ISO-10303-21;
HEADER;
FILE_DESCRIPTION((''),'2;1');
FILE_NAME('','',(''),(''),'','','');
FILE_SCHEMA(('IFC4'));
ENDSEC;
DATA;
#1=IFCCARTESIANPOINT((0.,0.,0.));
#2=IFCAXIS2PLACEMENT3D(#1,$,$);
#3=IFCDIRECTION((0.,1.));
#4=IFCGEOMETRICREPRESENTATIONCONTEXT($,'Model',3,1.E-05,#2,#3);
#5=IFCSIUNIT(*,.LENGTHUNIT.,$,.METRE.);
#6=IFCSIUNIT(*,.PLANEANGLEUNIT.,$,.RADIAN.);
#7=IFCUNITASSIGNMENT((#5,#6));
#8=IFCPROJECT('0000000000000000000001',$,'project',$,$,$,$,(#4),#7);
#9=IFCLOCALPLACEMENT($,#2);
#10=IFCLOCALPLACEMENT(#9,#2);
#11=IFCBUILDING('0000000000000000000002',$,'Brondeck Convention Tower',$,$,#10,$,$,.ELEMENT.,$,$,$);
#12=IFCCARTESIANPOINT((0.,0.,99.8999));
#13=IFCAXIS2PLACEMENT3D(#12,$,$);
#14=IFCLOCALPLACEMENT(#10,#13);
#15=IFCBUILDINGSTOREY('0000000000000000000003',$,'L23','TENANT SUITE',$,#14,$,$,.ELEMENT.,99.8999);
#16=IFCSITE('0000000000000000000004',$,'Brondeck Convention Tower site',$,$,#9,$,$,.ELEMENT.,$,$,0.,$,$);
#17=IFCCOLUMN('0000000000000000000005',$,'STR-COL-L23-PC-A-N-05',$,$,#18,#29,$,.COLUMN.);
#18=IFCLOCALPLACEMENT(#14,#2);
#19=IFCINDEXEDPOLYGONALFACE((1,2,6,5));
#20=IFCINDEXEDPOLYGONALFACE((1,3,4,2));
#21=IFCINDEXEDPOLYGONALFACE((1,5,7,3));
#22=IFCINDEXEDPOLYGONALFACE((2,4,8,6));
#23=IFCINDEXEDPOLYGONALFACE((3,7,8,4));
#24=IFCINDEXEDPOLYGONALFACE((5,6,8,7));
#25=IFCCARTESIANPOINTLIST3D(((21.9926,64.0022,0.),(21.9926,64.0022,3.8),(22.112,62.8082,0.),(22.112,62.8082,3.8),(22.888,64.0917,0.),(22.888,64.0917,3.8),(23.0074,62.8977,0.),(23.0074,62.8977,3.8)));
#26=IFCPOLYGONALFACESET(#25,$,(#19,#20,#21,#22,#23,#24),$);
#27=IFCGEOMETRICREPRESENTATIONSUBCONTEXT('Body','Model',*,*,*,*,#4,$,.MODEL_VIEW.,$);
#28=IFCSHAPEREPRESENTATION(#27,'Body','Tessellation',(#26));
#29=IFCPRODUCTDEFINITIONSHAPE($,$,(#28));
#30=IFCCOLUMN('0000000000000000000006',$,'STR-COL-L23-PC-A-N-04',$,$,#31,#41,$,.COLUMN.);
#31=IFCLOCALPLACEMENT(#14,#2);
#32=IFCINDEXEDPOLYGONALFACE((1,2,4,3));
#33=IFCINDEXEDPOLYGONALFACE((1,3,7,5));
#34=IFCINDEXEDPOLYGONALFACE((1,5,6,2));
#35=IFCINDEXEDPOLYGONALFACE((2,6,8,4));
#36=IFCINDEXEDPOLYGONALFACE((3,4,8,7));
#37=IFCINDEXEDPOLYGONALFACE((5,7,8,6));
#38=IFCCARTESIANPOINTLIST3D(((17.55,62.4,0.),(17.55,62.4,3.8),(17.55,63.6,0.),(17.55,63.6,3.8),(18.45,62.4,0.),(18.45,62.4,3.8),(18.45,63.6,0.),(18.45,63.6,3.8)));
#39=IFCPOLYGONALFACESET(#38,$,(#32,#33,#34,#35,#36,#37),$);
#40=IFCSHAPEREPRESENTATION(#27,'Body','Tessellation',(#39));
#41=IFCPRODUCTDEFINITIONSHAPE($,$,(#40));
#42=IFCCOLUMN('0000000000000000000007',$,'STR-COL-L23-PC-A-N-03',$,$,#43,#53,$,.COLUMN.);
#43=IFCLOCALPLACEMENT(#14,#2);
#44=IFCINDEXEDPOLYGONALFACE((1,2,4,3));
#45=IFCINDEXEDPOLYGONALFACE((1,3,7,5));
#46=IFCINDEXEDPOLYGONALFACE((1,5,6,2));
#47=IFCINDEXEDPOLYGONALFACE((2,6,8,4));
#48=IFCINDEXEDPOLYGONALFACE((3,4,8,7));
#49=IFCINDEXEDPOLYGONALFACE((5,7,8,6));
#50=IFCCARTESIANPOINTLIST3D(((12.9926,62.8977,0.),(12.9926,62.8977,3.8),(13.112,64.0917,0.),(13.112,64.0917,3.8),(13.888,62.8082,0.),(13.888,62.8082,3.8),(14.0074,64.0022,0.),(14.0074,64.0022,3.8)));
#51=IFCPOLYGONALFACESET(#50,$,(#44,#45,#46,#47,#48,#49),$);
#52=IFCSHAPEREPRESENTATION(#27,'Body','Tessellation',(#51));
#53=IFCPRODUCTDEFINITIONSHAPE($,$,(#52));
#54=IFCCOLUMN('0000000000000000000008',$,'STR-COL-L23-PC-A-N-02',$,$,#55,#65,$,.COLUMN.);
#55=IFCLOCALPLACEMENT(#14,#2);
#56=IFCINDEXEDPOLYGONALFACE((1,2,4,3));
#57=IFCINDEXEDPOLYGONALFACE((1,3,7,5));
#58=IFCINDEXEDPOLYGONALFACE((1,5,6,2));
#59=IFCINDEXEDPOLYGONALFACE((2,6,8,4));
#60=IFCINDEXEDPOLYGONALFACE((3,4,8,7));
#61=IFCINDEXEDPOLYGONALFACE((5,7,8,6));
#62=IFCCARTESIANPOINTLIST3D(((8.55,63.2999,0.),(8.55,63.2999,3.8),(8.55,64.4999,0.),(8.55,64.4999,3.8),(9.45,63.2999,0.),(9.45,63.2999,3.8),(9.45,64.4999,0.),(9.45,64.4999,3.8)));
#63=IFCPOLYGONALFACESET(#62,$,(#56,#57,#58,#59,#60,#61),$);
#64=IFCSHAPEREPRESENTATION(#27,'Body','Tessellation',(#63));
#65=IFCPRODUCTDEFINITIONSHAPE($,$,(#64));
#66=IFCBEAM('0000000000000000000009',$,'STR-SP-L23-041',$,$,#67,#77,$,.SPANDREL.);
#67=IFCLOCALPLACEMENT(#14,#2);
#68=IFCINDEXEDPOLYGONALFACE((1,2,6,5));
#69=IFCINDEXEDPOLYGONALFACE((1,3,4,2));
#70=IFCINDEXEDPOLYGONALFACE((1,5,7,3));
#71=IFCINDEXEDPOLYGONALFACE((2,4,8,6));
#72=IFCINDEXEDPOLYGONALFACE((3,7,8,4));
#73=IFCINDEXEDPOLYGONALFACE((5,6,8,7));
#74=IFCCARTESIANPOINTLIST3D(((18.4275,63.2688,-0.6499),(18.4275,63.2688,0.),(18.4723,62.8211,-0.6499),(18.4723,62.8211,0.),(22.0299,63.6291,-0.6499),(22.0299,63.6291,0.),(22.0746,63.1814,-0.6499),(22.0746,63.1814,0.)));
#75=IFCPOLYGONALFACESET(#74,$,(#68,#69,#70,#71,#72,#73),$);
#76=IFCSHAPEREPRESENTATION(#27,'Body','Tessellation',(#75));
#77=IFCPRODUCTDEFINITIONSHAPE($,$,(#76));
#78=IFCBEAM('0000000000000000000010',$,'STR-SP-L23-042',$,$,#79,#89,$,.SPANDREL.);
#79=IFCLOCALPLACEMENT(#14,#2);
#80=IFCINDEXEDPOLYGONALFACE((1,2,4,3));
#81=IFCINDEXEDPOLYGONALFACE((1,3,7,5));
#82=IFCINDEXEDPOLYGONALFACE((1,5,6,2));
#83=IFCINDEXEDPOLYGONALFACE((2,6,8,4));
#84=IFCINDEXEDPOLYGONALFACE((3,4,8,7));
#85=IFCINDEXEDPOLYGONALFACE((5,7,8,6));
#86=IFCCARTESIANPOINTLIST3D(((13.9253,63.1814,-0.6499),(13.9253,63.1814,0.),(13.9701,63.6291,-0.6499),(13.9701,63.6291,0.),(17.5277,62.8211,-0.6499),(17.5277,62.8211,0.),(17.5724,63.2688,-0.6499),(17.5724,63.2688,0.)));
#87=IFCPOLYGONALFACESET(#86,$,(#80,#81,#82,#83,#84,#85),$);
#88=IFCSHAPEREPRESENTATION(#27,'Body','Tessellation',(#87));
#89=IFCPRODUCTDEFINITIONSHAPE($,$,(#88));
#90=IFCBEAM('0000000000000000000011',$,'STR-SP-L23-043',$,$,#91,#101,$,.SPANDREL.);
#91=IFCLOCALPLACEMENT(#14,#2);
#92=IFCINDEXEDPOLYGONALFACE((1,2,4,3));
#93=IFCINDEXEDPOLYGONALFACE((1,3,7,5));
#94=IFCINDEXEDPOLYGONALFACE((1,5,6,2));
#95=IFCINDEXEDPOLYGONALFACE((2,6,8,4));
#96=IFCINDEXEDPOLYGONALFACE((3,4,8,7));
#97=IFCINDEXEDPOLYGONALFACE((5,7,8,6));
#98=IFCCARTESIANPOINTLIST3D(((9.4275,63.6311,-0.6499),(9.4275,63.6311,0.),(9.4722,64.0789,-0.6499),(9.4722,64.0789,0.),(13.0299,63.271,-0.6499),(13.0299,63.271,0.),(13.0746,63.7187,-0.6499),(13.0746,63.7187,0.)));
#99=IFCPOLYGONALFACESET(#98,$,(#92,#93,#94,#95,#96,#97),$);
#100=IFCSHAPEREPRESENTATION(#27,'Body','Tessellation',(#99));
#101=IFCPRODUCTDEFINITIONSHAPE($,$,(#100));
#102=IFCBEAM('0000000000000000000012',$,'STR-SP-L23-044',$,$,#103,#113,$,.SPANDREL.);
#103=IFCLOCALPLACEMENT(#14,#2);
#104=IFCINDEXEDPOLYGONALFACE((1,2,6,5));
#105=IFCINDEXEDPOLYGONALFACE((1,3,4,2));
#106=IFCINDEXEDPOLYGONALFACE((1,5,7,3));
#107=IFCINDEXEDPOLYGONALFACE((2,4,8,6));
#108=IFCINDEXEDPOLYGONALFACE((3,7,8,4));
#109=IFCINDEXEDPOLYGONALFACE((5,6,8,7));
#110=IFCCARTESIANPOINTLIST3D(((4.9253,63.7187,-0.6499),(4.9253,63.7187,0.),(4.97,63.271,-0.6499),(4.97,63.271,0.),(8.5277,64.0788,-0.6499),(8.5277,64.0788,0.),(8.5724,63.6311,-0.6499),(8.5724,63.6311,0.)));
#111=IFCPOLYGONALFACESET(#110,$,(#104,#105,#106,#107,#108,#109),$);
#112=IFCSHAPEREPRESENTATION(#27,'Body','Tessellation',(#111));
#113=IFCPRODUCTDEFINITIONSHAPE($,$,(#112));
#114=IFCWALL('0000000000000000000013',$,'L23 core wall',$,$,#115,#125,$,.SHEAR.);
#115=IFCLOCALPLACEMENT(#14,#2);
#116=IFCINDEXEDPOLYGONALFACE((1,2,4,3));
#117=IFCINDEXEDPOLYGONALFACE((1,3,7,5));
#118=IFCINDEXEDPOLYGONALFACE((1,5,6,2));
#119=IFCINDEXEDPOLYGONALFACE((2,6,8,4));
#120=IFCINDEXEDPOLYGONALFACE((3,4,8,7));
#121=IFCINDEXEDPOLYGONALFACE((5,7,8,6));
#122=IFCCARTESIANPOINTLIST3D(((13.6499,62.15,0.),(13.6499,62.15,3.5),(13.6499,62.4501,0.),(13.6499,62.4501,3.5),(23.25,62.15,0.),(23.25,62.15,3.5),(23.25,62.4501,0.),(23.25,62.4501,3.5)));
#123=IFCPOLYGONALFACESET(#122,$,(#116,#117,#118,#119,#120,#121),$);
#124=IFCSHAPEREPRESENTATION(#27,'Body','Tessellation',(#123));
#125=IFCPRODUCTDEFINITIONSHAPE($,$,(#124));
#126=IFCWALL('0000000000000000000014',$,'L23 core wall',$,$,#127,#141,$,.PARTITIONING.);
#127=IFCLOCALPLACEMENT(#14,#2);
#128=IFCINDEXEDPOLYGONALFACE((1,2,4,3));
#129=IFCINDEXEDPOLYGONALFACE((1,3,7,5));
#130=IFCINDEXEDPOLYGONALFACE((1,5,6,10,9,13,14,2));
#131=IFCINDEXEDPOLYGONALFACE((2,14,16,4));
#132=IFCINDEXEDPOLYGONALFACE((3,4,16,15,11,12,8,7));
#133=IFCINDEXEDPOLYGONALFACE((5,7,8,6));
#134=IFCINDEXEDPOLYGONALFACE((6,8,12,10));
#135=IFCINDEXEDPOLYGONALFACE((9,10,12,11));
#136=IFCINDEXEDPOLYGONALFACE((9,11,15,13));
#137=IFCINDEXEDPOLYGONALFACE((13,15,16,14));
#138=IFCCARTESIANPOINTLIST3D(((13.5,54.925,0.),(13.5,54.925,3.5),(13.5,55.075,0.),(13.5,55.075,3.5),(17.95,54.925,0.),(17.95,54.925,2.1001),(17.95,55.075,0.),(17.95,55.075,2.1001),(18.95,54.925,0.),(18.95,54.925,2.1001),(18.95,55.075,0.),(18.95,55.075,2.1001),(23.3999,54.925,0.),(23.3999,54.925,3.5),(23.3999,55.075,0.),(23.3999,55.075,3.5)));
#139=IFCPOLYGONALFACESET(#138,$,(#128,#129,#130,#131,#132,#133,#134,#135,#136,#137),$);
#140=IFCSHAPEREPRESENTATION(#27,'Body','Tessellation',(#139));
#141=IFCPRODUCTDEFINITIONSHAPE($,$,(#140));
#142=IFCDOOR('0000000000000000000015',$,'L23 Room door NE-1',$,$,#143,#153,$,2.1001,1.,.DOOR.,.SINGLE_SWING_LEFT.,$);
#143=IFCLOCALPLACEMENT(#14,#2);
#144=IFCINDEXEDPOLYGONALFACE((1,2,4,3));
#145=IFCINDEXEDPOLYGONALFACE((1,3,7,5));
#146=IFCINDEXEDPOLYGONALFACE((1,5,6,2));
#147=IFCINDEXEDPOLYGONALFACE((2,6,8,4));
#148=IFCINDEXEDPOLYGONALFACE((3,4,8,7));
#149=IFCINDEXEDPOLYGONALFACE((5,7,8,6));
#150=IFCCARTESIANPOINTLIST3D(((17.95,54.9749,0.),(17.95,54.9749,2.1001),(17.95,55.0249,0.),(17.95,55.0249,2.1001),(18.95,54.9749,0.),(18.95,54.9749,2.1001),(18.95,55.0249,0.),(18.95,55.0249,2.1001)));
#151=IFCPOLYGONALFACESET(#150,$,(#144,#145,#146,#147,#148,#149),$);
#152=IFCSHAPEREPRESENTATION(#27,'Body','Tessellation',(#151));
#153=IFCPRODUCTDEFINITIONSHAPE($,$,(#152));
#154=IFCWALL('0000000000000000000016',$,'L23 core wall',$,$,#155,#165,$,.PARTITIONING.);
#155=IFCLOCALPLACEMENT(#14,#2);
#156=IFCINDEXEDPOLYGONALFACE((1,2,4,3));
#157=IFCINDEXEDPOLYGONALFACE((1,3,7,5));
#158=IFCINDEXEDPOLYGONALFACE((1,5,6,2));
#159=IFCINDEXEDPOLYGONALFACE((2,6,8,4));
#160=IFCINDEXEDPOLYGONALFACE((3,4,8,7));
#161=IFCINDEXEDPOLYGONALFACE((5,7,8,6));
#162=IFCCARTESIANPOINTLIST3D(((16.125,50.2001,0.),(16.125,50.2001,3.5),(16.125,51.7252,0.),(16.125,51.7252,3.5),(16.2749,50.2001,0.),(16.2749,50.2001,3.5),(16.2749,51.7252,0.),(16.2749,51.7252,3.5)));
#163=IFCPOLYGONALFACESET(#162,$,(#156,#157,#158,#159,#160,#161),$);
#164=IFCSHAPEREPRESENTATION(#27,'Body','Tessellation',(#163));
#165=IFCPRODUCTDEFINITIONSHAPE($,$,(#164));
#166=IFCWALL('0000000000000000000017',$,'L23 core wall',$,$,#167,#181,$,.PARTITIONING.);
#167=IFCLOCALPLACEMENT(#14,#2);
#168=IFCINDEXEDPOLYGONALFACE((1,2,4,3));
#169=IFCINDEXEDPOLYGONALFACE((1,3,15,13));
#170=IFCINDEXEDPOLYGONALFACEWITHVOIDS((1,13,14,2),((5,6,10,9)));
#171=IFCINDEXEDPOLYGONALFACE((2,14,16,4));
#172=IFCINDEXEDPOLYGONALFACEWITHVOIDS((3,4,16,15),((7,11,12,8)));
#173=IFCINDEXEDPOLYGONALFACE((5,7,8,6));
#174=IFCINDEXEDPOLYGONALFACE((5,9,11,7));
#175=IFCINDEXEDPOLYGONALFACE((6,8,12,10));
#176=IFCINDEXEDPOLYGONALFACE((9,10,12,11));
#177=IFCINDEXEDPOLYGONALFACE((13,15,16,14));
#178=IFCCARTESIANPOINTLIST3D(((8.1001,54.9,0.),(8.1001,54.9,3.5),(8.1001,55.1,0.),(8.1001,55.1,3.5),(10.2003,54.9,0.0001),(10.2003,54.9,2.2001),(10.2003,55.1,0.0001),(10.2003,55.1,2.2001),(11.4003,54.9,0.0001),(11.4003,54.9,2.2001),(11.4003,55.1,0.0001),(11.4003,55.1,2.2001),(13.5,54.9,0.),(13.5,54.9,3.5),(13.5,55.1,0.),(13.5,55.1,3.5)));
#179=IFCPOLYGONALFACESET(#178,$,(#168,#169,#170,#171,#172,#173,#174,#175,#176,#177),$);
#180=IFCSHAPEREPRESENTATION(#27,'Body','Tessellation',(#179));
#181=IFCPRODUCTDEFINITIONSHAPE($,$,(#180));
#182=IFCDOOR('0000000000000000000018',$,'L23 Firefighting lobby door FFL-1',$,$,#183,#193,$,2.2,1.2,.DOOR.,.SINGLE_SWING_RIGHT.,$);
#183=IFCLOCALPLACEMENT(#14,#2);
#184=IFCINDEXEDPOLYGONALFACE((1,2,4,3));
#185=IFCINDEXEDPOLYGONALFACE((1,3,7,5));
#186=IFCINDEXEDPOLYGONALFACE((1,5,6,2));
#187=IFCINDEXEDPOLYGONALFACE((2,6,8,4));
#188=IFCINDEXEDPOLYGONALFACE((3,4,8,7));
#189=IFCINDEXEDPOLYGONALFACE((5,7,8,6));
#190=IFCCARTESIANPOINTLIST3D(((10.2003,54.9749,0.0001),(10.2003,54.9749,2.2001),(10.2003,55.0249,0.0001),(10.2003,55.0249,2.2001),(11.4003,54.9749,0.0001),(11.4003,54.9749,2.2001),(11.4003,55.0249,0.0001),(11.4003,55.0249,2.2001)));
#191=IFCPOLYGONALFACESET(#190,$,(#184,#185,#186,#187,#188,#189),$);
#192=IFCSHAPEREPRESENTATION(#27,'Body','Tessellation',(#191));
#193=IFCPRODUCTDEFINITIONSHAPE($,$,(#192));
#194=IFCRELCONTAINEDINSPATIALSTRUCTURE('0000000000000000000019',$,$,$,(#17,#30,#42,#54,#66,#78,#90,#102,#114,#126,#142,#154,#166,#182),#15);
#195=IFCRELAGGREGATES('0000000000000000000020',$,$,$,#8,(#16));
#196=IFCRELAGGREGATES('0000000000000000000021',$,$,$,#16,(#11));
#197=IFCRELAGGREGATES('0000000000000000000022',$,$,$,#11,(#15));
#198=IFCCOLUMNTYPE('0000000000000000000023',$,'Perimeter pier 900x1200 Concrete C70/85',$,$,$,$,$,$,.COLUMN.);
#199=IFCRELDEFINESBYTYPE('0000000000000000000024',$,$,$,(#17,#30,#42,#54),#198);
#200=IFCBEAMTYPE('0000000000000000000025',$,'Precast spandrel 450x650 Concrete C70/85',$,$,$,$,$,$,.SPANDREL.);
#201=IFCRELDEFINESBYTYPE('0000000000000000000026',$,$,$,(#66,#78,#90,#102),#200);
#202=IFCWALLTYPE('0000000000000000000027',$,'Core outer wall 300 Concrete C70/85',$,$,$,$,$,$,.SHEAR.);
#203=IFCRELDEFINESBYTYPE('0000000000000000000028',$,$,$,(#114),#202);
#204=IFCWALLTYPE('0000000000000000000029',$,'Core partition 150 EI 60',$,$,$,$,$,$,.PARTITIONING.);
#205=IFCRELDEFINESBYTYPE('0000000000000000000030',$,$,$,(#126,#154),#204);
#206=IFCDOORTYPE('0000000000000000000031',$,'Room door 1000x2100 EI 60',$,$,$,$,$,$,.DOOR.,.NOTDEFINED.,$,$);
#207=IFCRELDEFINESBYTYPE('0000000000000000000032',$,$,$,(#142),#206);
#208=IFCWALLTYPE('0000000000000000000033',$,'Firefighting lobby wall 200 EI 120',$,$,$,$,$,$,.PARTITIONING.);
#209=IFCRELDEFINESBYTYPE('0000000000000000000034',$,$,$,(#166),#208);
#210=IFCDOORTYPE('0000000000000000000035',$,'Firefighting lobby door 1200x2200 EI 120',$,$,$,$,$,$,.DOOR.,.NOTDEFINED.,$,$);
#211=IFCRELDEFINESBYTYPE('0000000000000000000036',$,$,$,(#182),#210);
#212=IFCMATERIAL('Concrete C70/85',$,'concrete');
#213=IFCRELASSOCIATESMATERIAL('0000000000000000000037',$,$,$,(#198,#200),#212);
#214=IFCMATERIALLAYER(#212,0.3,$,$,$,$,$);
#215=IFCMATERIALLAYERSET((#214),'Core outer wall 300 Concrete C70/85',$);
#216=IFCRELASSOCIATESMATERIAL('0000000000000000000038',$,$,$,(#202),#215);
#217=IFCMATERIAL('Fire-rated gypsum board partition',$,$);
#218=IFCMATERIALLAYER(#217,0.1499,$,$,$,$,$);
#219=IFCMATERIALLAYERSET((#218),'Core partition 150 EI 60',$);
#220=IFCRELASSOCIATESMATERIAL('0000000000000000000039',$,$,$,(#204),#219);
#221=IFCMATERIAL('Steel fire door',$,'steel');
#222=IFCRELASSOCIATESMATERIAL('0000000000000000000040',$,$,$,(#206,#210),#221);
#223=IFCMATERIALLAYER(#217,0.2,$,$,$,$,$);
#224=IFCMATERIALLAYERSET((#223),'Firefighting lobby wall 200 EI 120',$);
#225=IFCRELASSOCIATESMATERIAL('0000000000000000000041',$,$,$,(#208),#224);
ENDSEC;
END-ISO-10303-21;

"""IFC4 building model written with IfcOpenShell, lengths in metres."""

from ifc_helpers import new_model, si_unit, direction, frame, frame_2d, origin, origin_2d, place, context, subcontext, project, spatial, rectangle, extrude, material, layer, layer_set, material_profile, profile_set, type_object, element, fill, save


model = new_model("IFC4")

# Units and contexts
model_context = context("Model", 3, precision=1e-05, world=origin(), true_north=direction((0.0, 1.0)))
body_context = subcontext(model_context, "Body", "Model", "MODEL_VIEW")
ifc_project = project(units=[si_unit("LENGTHUNIT", "METRE"), si_unit("PLANEANGLEUNIT", "RADIAN")], contexts=[model_context])

# Site, building, storey
site_placement = place(None, origin())
site = spatial("IfcSite", under=ifc_project, at=site_placement, Name="Brondeck Convention Tower site", CompositionType="ELEMENT", RefElevation=0.0)
building_placement = place(site_placement, origin())
building = spatial("IfcBuilding", under=site, at=building_placement, Name="Brondeck Convention Tower", CompositionType="ELEMENT")
storey_placement = place(building_placement, frame((0.0, 0.0, 99.8999)))
storey = spatial("IfcBuildingStorey", under=building, at=storey_placement, Name="L23", Description="TENANT SUITE", CompositionType="ELEMENT", Elevation=99.8999)

# Columns
ifc_material_1 = material(Name="Concrete C70/85", Category="concrete")
ifc_material_profile_1 = material_profile(ifc_material_1, rectangle(XDim=0.8999, YDim=1.2, at=origin_2d()), Name="Perimeter pier 900x1200 Concrete C70/85")
ifc_profile_set_1 = profile_set([ifc_material_profile_1], Name="Concrete C70/85")
column_type = type_object("IfcColumnType", Name="Perimeter pier 900x1200 Concrete C70/85", PredefinedType="COLUMN", material=ifc_profile_set_1)
for number, where, z_axis, x_axis, name in (
    (1, (22.5, 63.45, 0.0), (0.0, 0.0, 1.0), (-0.995037, -0.099504, 0.0), "STR-COL-L23-PC-A-N-05"),
    (2, (18.0, 63.0, 0.0), (0.0, 0.0, 1.0), (-1.0, 0.0, 0.0), "STR-COL-L23-PC-A-N-04"),
    (3, (13.5, 63.45, 0.0), (0.0, 0.0, 1.0), (-0.995037, 0.099504, 0.0), "STR-COL-L23-PC-A-N-03"),
    (4, (9.0, 63.8999, 0.0), (0.0, 0.0, 1.0), (-1.0, 0.0, 0.0), "STR-COL-L23-PC-A-N-02"),
):
    element("IfcColumn", number, at=place(storey_placement, frame(where, z_axis=z_axis, x_axis=x_axis)), inside=storey, type_object=column_type, Name=name, PredefinedType="COLUMN", context=body_context, shape_type="SweptSolid", body=[
        extrude(rectangle(XDim=0.8999, YDim=1.2, at=origin_2d()), origin(), (0.0, 0.0, 1.0), 3.8),
    ])

# Beams
ifc_material_profile_2 = material_profile(ifc_material_1, rectangle(XDim=0.45, YDim=0.6499, at=origin_2d()), Name="Precast spandrel 450x650 Concrete C70/85")
ifc_profile_set_2 = profile_set([ifc_material_profile_2], Name="Concrete C70/85")
beam_type = type_object("IfcBeamType", Name="Precast spandrel 450x650 Concrete C70/85", PredefinedType="SPANDREL", material=ifc_profile_set_2)
for number, where, z_axis, x_axis, name in (
    (5, (22.0522, 63.4053, -0.325), (-0.995034, -0.099537, 0.0), (0.099537, -0.995034, 0.0), "STR-SP-L23-041"),
    (6, (17.55, 63.0449, -0.325), (-0.995034, 0.099537, 0.0), (-0.099537, -0.995034, 0.0), "STR-SP-L23-042"),
    (7, (13.0522, 63.4949, -0.325), (-0.995041, 0.09947, 0.0), (-0.09947, -0.995041, 0.0), "STR-SP-L23-043"),
    (8, (8.55, 63.855, -0.325), (-0.995041, -0.09947, 0.0), (0.09947, -0.995041, 0.0), "STR-SP-L23-044"),
):
    element("IfcBeam", number, at=place(storey_placement, frame(where, z_axis=z_axis, x_axis=x_axis)), inside=storey, type_object=beam_type, Name=name, PredefinedType="SPANDREL", context=body_context, shape_type="SweptSolid", body=[
        extrude(rectangle(XDim=0.45, YDim=0.6499, at=origin_2d()), origin(), (0.0, 0.0, 1.0), 3.6204),
    ])

# Wall
ifc_layer_1 = layer(ifc_material_1, 0.3)
ifc_layer_set_1 = layer_set([ifc_layer_1], Name="Core outer wall 300 Concrete C70/85")
wall_type_1 = type_object("IfcWallType", Name="Core outer wall 300 Concrete C70/85", PredefinedType="SHEAR", material=ifc_layer_set_1)
wall_1_placement = place(storey_placement, frame((13.6499, 62.3, 0.0), z_axis=(0.0, 0.0, 1.0), x_axis=(1.0, 0.0, 0.0)))
element("IfcWall", 9, at=wall_1_placement, inside=storey, type_object=wall_type_1, Name="L23 core wall", PredefinedType="SHEAR", context=body_context, shape_type="SweptSolid", body=[
    extrude(rectangle(XDim=9.6001, YDim=0.3, at=frame_2d((4.8, 0.0))), origin(), (0.0, 0.0, 1.0), 3.5),
])

# Wall, opening, door
ifc_material_2 = material(Name="Fire-rated gypsum board partition")
ifc_layer_2 = layer(ifc_material_2, 0.1499)
ifc_layer_set_2 = layer_set([ifc_layer_2], Name="Core partition 150 EI 60")
wall_type_2 = type_object("IfcWallType", Name="Core partition 150 EI 60", PredefinedType="PARTITIONING", material=ifc_layer_set_2)
wall_2_placement = place(storey_placement, frame((13.5, 55.0, 0.0), z_axis=(0.0, 0.0, 1.0), x_axis=(1.0, 0.0, 0.0)))
wall_2 = element("IfcWall", 10, at=wall_2_placement, inside=storey, type_object=wall_type_2, Name="L23 core wall", PredefinedType="PARTITIONING", context=body_context, shape_type="SweptSolid", body=[
    extrude(rectangle(XDim=9.8999, YDim=0.1499, at=frame_2d((4.95, 0.0))), origin(), (0.0, 0.0, 1.0), 3.5),
])
opening_1_placement = place(wall_2_placement, frame((4.45, 0.0, 0.0)))
opening_1 = element("IfcOpeningElement", 11, at=opening_1_placement, cuts=wall_2, PredefinedType="OPENING", context=body_context, shape_type="SweptSolid", body=[
    extrude(rectangle(XDim=1.0, YDim=2.1001, at=frame_2d((0.5, 1.05))), frame((0.0, 0.085, 0.0), z_axis=(0.0, -1.0, 0.0), x_axis=(1.0, 0.0, 0.0)), (0.0, 0.0, 1.0), 0.1699),
])
ifc_material_3 = material(Name="Steel fire door", Category="steel")
door_type_1 = type_object("IfcDoorType", Name="Room door 1000x2100 EI 60", OperationType="NOTDEFINED", PredefinedType="DOOR", material=ifc_material_3)
door_1_placement = place(opening_1_placement, origin())
door_1 = element("IfcDoor", 12, at=door_1_placement, inside=storey, type_object=door_type_1, Name="L23 Room door NE-1", OperationType="SINGLE_SWING_LEFT", OverallHeight=2.1001, OverallWidth=1.0, PredefinedType="DOOR", context=body_context, shape_type="SweptSolid", body=[
    extrude(rectangle(XDim=1.0, YDim=2.1001, at=frame_2d((0.5, 1.05))), frame((0.0, 0.0249, 0.0), z_axis=(0.0, -1.0, 0.0), x_axis=(1.0, 0.0, 0.0)), (0.0, 0.0, 1.0), 0.05),
])
fill(opening_1, door_1)

# Wall
wall_3_placement = place(storey_placement, frame((16.2, 50.2, 0.0), z_axis=(0.0, 0.0, 1.0), x_axis=(0.0, 1.0, 0.0)))
element("IfcWall", 13, at=wall_3_placement, inside=storey, type_object=wall_type_2, Name="L23 core wall", PredefinedType="PARTITIONING", context=body_context, shape_type="SweptSolid", body=[
    extrude(rectangle(XDim=1.5251, YDim=0.1499, at=frame_2d((0.7627, 0.0))), origin(), (0.0, 0.0, 1.0), 3.5),
])

# Wall, opening, door
ifc_layer_3 = layer(ifc_material_2, 0.2)
ifc_layer_set_3 = layer_set([ifc_layer_3], Name="Firefighting lobby wall 200 EI 120")
wall_type_3 = type_object("IfcWallType", Name="Firefighting lobby wall 200 EI 120", PredefinedType="PARTITIONING", material=ifc_layer_set_3)
wall_4_placement = place(storey_placement, frame((8.1001, 55.0, 0.0), z_axis=(0.0, 0.0, 1.0), x_axis=(1.0, 0.0, 0.0)))
wall_4 = element("IfcWall", 14, at=wall_4_placement, inside=storey, type_object=wall_type_3, Name="L23 core wall", PredefinedType="PARTITIONING", context=body_context, shape_type="SweptSolid", body=[
    extrude(rectangle(XDim=5.3999, YDim=0.2, at=frame_2d((2.7, 0.0))), origin(), (0.0, 0.0, 1.0), 3.5),
])
opening_2_placement = place(wall_4_placement, frame((2.1001, 0.0, 0.0)))
opening_2 = element("IfcOpeningElement", 15, at=opening_2_placement, cuts=wall_4, PredefinedType="OPENING", context=body_context, shape_type="SweptSolid", body=[
    extrude(rectangle(XDim=1.2, YDim=2.2, at=frame_2d((0.6001, 1.1001))), frame((0.0, 0.1099, 0.0), z_axis=(0.0, -1.0, 0.0), x_axis=(1.0, 0.0, 0.0)), (0.0, 0.0, 1.0), 0.22),
])
door_type_2 = type_object("IfcDoorType", Name="Firefighting lobby door 1200x2200 EI 120", OperationType="NOTDEFINED", PredefinedType="DOOR", material=ifc_material_3)
door_2_placement = place(opening_2_placement, origin())
door_2 = element("IfcDoor", 16, at=door_2_placement, inside=storey, type_object=door_type_2, Name="L23 Firefighting lobby door FFL-1", OperationType="SINGLE_SWING_RIGHT", OverallHeight=2.2, OverallWidth=1.2, PredefinedType="DOOR", context=body_context, shape_type="SweptSolid", body=[
    extrude(rectangle(XDim=1.2, YDim=2.2, at=frame_2d((0.6001, 1.1001))), frame((0.0, 0.0249, 0.0), z_axis=(0.0, -1.0, 0.0), x_axis=(1.0, 0.0, 0.0)), (0.0, 0.0, 1.0), 0.05),
])
fill(opening_2, door_2)

save(model, "model.ifc")
